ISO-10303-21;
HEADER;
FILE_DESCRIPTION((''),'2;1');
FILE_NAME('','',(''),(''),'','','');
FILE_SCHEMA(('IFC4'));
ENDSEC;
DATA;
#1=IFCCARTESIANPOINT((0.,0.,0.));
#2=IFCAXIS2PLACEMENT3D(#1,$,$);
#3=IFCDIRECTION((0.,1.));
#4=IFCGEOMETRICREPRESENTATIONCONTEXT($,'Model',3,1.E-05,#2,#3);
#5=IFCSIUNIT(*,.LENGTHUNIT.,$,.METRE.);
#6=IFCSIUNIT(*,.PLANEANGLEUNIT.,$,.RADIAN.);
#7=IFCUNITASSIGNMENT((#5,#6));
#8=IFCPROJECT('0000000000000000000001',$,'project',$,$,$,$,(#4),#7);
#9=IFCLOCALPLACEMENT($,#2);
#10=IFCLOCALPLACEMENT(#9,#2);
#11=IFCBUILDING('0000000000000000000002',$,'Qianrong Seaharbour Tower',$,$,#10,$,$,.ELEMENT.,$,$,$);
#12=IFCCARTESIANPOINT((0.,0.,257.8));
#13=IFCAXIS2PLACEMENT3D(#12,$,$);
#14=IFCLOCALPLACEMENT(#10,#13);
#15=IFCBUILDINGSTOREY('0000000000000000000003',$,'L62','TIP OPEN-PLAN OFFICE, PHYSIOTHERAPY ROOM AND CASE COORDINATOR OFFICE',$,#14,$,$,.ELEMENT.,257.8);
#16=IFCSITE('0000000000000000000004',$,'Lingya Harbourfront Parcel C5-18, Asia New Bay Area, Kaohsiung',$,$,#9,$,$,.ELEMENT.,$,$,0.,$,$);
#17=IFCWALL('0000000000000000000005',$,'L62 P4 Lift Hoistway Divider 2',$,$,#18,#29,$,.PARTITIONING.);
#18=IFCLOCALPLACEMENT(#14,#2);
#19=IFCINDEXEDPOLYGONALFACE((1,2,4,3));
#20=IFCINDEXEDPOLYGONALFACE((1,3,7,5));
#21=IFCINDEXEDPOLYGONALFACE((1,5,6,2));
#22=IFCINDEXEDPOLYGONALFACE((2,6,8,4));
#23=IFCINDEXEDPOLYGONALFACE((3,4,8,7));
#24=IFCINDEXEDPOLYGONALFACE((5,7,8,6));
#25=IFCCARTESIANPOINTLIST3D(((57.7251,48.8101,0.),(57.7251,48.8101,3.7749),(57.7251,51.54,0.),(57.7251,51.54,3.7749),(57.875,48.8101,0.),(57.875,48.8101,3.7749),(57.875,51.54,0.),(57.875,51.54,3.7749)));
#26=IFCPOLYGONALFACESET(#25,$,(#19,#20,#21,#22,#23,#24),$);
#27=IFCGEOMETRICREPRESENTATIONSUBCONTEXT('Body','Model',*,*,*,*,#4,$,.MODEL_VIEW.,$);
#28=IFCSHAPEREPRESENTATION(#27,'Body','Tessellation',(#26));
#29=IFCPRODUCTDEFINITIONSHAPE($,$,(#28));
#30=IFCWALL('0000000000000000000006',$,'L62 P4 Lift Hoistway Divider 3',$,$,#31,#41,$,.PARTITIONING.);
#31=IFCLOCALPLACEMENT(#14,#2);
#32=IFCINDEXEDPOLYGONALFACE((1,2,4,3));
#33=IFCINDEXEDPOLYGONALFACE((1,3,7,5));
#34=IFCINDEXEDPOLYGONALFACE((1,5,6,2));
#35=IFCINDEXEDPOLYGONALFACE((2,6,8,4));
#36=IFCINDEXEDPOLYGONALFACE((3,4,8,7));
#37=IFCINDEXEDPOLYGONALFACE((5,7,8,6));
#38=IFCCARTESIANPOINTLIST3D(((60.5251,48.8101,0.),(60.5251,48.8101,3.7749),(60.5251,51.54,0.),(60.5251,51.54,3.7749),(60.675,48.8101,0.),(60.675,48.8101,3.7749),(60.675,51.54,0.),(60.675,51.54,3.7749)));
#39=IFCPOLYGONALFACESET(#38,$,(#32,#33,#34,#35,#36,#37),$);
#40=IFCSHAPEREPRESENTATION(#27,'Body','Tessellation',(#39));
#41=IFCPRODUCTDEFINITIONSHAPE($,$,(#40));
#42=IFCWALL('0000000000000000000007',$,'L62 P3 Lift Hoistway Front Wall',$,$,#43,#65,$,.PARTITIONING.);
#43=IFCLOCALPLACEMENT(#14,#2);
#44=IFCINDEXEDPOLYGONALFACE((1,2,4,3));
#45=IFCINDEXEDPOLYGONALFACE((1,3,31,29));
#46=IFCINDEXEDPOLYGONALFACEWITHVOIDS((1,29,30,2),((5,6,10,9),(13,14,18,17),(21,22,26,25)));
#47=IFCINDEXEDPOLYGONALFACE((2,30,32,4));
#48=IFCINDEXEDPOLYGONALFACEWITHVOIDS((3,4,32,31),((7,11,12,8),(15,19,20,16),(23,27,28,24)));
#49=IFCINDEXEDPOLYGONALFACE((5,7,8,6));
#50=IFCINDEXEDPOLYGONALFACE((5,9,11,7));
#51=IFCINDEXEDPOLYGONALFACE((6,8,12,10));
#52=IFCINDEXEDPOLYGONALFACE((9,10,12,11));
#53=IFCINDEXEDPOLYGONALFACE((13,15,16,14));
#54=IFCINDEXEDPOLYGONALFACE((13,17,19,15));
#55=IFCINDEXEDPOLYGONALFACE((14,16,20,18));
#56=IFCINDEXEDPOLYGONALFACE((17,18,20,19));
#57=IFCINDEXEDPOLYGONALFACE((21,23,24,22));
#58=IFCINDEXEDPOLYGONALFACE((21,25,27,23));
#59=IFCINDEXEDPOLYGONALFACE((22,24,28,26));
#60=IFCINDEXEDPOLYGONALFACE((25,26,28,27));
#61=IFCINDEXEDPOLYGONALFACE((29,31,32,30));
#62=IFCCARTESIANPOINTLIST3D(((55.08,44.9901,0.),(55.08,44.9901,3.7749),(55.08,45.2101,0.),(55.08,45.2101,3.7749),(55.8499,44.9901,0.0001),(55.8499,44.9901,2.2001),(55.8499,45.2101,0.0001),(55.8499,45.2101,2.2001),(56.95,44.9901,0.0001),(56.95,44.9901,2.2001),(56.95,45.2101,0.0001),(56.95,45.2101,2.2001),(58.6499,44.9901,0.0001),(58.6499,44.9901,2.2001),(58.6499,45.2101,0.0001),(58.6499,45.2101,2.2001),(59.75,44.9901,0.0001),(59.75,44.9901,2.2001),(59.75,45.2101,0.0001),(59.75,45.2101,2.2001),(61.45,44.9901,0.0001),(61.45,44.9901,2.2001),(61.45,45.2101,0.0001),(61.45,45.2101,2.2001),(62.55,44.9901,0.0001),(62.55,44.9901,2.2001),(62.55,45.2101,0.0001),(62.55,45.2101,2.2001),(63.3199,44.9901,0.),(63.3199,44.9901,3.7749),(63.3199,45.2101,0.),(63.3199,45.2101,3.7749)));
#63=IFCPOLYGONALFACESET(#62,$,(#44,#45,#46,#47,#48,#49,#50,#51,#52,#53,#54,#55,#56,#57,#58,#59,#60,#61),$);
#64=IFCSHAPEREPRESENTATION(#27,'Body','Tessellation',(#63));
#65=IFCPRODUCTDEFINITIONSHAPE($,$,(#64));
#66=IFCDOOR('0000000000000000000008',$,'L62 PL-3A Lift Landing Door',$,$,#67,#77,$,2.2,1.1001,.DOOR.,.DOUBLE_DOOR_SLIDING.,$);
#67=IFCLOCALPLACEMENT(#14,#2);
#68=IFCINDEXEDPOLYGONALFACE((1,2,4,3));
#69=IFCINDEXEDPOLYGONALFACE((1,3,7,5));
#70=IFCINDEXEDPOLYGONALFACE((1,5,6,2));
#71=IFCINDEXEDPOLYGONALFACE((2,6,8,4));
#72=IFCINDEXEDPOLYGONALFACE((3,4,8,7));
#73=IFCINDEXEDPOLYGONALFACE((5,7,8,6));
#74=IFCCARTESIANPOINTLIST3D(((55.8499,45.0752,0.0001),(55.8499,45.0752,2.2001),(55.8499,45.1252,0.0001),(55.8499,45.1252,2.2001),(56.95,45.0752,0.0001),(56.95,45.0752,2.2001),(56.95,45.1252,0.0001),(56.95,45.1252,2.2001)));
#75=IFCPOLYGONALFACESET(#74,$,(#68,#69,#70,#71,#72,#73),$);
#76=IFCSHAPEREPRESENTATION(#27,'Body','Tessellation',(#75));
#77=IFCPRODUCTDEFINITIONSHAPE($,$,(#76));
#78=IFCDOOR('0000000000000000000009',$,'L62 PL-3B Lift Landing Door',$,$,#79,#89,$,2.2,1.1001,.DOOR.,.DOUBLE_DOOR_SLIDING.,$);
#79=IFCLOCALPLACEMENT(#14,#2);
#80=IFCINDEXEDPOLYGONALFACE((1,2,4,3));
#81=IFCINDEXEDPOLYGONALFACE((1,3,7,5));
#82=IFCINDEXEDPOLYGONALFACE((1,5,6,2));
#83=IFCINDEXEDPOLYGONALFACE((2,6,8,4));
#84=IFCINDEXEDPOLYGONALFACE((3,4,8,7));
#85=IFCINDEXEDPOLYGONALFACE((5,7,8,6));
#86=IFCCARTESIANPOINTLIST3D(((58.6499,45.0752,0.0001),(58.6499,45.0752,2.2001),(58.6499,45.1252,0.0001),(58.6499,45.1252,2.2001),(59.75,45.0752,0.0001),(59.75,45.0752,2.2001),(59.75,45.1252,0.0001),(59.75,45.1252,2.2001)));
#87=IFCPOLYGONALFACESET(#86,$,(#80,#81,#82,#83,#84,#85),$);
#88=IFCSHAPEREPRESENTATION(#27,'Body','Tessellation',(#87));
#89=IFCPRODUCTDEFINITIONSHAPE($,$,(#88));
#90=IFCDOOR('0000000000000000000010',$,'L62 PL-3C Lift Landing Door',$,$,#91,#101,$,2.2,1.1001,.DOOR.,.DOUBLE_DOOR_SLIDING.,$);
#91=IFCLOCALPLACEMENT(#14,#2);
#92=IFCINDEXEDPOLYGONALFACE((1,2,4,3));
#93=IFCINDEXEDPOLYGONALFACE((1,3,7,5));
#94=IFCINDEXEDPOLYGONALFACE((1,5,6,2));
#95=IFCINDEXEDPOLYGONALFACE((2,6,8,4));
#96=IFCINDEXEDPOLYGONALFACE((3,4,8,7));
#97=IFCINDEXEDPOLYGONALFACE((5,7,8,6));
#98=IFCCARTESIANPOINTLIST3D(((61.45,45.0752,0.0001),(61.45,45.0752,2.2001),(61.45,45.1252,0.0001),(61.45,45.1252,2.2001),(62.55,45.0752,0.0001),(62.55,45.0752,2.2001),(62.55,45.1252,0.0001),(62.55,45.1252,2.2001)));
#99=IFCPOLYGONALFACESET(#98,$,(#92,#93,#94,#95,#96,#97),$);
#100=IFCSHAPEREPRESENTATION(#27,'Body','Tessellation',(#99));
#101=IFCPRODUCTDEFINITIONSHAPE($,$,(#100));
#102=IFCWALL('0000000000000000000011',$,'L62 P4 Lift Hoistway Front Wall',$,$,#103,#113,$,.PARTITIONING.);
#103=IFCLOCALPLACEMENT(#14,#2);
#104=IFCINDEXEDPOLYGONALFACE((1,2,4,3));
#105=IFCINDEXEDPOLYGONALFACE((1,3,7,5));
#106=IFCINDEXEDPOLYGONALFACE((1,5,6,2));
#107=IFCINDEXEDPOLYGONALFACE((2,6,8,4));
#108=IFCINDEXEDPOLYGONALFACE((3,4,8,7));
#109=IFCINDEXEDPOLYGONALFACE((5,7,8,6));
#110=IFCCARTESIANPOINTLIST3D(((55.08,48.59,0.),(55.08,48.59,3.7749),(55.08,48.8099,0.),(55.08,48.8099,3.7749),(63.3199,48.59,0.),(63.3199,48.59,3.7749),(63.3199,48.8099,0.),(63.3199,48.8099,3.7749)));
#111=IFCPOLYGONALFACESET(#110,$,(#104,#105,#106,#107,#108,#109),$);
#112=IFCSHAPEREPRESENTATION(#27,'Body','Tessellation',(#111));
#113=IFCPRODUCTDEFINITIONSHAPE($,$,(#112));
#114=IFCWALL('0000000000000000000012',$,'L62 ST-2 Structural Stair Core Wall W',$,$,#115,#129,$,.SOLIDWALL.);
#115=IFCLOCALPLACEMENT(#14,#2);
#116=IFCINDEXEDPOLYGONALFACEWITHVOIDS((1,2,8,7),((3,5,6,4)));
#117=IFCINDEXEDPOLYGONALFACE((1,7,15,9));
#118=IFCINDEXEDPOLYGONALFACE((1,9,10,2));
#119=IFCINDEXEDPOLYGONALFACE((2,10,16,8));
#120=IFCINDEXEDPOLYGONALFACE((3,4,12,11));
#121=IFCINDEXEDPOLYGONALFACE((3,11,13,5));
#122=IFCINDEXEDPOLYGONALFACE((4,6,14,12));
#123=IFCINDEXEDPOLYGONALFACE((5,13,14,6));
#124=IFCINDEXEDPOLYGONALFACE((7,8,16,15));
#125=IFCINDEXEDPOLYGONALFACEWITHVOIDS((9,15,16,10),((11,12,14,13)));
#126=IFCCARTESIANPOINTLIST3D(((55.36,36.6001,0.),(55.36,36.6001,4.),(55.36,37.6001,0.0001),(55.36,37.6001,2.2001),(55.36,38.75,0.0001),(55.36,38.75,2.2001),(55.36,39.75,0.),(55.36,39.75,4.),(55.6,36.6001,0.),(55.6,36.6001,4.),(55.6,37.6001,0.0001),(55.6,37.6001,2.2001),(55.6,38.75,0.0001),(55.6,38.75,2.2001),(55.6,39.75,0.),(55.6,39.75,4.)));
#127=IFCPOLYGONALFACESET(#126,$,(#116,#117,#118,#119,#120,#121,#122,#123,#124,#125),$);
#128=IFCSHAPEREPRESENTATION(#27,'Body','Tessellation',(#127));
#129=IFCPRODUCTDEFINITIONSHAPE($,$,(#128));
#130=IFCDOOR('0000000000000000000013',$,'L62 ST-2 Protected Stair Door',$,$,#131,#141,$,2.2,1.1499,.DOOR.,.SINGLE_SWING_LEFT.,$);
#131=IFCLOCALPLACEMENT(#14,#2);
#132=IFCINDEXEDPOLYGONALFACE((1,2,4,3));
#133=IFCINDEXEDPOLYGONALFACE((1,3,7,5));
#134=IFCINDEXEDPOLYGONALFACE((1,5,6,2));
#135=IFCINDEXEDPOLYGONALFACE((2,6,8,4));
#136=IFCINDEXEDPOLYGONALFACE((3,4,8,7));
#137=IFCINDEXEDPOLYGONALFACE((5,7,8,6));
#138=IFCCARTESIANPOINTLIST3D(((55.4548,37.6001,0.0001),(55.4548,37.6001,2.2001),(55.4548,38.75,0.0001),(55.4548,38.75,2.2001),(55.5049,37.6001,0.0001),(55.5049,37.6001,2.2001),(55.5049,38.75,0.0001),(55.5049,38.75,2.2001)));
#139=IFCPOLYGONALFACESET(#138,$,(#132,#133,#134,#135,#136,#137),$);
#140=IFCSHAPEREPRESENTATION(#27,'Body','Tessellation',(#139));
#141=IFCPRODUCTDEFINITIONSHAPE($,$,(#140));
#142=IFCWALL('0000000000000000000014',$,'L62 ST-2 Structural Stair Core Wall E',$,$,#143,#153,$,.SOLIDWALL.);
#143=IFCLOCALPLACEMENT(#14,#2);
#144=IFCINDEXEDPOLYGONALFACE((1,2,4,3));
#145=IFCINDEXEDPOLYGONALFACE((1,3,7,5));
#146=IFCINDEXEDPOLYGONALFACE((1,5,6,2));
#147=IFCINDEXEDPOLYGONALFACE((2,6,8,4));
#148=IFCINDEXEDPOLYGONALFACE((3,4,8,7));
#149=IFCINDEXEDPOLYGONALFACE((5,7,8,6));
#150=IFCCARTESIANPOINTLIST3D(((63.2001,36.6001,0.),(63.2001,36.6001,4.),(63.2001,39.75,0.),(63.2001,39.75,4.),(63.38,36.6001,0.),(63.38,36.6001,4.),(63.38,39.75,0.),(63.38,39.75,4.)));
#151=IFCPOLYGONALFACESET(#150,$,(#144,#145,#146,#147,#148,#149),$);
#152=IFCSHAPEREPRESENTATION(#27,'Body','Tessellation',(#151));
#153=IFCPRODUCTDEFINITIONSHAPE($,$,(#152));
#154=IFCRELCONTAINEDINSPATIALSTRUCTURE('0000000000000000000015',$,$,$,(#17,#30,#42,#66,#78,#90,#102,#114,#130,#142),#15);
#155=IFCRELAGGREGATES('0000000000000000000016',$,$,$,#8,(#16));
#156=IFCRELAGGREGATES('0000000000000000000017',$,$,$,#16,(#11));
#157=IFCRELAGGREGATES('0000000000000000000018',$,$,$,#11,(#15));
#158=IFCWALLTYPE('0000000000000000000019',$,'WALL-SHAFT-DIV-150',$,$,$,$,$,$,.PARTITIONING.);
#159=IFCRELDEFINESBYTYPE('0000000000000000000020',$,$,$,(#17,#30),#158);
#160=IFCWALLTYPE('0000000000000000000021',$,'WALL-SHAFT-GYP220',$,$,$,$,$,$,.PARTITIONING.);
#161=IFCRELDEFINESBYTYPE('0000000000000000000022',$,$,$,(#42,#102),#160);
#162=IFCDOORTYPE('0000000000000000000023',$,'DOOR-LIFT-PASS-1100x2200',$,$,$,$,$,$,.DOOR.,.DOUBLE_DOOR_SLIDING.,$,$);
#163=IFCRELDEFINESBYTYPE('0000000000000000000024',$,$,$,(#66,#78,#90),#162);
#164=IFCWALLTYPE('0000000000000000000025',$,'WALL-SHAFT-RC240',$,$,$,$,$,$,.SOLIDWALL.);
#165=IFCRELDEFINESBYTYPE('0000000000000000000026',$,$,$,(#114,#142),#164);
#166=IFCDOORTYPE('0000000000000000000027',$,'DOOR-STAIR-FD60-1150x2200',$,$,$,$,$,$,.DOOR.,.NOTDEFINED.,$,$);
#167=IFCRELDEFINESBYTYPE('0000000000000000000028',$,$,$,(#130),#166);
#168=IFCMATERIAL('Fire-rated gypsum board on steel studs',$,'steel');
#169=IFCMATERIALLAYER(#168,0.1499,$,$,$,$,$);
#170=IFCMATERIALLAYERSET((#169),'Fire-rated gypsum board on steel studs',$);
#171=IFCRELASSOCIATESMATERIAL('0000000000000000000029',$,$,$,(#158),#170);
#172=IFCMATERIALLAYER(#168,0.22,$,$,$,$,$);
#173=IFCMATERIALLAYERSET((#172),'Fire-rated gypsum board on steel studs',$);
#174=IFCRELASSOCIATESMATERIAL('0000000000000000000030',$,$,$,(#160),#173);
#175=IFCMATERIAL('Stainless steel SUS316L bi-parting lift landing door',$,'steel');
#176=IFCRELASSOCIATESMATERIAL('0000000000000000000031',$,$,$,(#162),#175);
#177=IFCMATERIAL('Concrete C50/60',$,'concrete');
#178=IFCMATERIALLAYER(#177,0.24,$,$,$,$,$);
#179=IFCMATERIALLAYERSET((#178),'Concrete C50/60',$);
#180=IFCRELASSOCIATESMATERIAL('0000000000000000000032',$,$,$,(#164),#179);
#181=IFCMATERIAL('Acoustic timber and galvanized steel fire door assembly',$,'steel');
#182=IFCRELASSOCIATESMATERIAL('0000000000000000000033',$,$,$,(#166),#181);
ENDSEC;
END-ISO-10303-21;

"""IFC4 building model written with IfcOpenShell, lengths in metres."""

from ifc_helpers import new_model, si_unit, direction, frame, frame_2d, origin, place, context, subcontext, project, spatial, rectangle, extrude, material, layer, layer_set, type_object, element, fill, save


model = new_model("IFC4")

# Units and contexts
model_context = context("Model", 3, precision=1e-05, world=origin(), true_north=direction((0.0, 1.0)))
body_context = subcontext(model_context, "Body", "Model", "MODEL_VIEW")
ifc_project = project(units=[si_unit("LENGTHUNIT", "METRE"), si_unit("PLANEANGLEUNIT", "RADIAN")], contexts=[model_context])

# Site, building, storey
site_placement = place(None, origin())
site = spatial("IfcSite", under=ifc_project, at=site_placement, Name="Lingya Harbourfront Parcel C5-18, Asia New Bay Area, Kaohsiung", CompositionType="ELEMENT", RefElevation=0.0)
building_placement = place(site_placement, origin())
building = spatial("IfcBuilding", under=site, at=building_placement, Name="Qianrong Seaharbour Tower", CompositionType="ELEMENT")
storey_placement = place(building_placement, frame((0.0, 0.0, 257.8)))
storey = spatial("IfcBuildingStorey", under=building, at=storey_placement, Name="L62", Description="TIP OPEN-PLAN OFFICE, PHYSIOTHERAPY ROOM AND CASE COORDINATOR OFFICE", CompositionType="ELEMENT", Elevation=257.8)

# Shared definitions
ifc_material_1 = material(Name="Acoustic timber and galvanized steel fire door assembly", Category="steel")

# Walls
ifc_material_2 = material(Name="Fire-rated gypsum board on steel studs", Category="steel")
ifc_layer_1 = layer(ifc_material_2, 0.1499)
ifc_layer_set_1 = layer_set([ifc_layer_1], Name="Fire-rated gypsum board on steel studs")
wall_type_1 = type_object("IfcWallType", Name="WALL-SHAFT-DIV-150", PredefinedType="PARTITIONING", material=ifc_layer_set_1)
for number, where, z_axis, x_axis, name in (
    (1, (57.8, 48.8101, 0.0), (0.0, 0.0, 1.0), (0.0, 1.0, 0.0), "L62 P4 Lift Hoistway Divider 2"),
    (2, (60.6001, 48.8101, 0.0), (0.0, 0.0, 1.0), (0.0, 1.0, 0.0), "L62 P4 Lift Hoistway Divider 3"),
):
    element("IfcWall", number, at=place(storey_placement, frame(where, z_axis=z_axis, x_axis=x_axis)), inside=storey, type_object=wall_type_1, Name=name, PredefinedType="PARTITIONING", context=body_context, shape_type="SweptSolid", body=[
        extrude(rectangle(XDim=2.73, YDim=0.1499, at=frame_2d((1.365, 0.0))), origin(), (0.0, 0.0, 1.0), 3.7749),
    ])

# Wall, openings, doors
ifc_layer_2 = layer(ifc_material_2, 0.22)
ifc_layer_set_2 = layer_set([ifc_layer_2], Name="Fire-rated gypsum board on steel studs")
wall_type_2 = type_object("IfcWallType", Name="WALL-SHAFT-GYP220", PredefinedType="PARTITIONING", material=ifc_layer_set_2)
wall_1_placement = place(storey_placement, frame((63.3201, 45.1001, 0.0), z_axis=(0.0, 0.0, 1.0), x_axis=(-1.0, 0.0, 0.0)))
wall_1 = element("IfcWall", 3, at=wall_1_placement, inside=storey, type_object=wall_type_2, Name="L62 P3 Lift Hoistway Front Wall", PredefinedType="PARTITIONING", context=body_context, shape_type="SweptSolid", body=[
    extrude(rectangle(XDim=8.24, YDim=0.22, at=frame_2d((4.1201, 0.0))), origin(), (0.0, 0.0, 1.0), 3.7749),
])
opening_1_placement = place(wall_1_placement, frame((6.3701, 0.0, 0.0)))
opening_1 = element("IfcOpeningElement", 4, at=opening_1_placement, cuts=wall_1, PredefinedType="OPENING", context=body_context, shape_type="SweptSolid", body=[
    extrude(rectangle(XDim=1.1001, YDim=2.2, at=frame_2d((0.55, 1.1001))), frame((0.0, 0.1201, 0.0), z_axis=(0.0, -1.0, 0.0), x_axis=(1.0, 0.0, 0.0)), (0.0, 0.0, 1.0), 0.24),
])
opening_2_placement = place(wall_1_placement, frame((3.5701, 0.0, 0.0)))
opening_2 = element("IfcOpeningElement", 5, at=opening_2_placement, cuts=wall_1, PredefinedType="OPENING", context=body_context, shape_type="SweptSolid", body=[
    extrude(rectangle(XDim=1.1001, YDim=2.2, at=frame_2d((0.55, 1.1001))), frame((0.0, 0.1201, 0.0), z_axis=(0.0, -1.0, 0.0), x_axis=(1.0, 0.0, 0.0)), (0.0, 0.0, 1.0), 0.24),
])
opening_3_placement = place(wall_1_placement, frame((0.77, 0.0, 0.0)))
opening_3 = element("IfcOpeningElement", 6, at=opening_3_placement, cuts=wall_1, PredefinedType="OPENING", context=body_context, shape_type="SweptSolid", body=[
    extrude(rectangle(XDim=1.1001, YDim=2.2, at=frame_2d((0.55, 1.1001))), frame((0.0, 0.1201, 0.0), z_axis=(0.0, -1.0, 0.0), x_axis=(1.0, 0.0, 0.0)), (0.0, 0.0, 1.0), 0.24),
])
ifc_material_3 = material(Name="Stainless steel SUS316L bi-parting lift landing door", Category="steel")
door_type_1 = type_object("IfcDoorType", Name="DOOR-LIFT-PASS-1100x2200", OperationType="DOUBLE_DOOR_SLIDING", PredefinedType="DOOR", material=ifc_material_3)
door_1_placement = place(opening_1_placement, origin())
door_1 = element("IfcDoor", 7, at=door_1_placement, inside=storey, type_object=door_type_1, Name="L62 PL-3A Lift Landing Door", OperationType="DOUBLE_DOOR_SLIDING", OverallHeight=2.2, OverallWidth=1.1001, PredefinedType="DOOR", context=body_context, shape_type="SweptSolid", body=[
    extrude(rectangle(XDim=1.1001, YDim=2.2, at=frame_2d((0.55, 1.1001))), frame((0.0, 0.0249, 0.0), z_axis=(0.0, -1.0, 0.0), x_axis=(1.0, 0.0, 0.0)), (0.0, 0.0, 1.0), 0.05),
])
fill(opening_1, door_1)
door_2_placement = place(opening_2_placement, origin())
door_2 = element("IfcDoor", 8, at=door_2_placement, inside=storey, type_object=door_type_1, Name="L62 PL-3B Lift Landing Door", OperationType="DOUBLE_DOOR_SLIDING", OverallHeight=2.2, OverallWidth=1.1001, PredefinedType="DOOR", context=body_context, shape_type="SweptSolid", body=[
    extrude(rectangle(XDim=1.1001, YDim=2.2, at=frame_2d((0.55, 1.1001))), frame((0.0, 0.0249, 0.0), z_axis=(0.0, -1.0, 0.0), x_axis=(1.0, 0.0, 0.0)), (0.0, 0.0, 1.0), 0.05),
])
fill(opening_2, door_2)
door_3_placement = place(opening_3_placement, origin())
door_3 = element("IfcDoor", 9, at=door_3_placement, inside=storey, type_object=door_type_1, Name="L62 PL-3C Lift Landing Door", OperationType="DOUBLE_DOOR_SLIDING", OverallHeight=2.2, OverallWidth=1.1001, PredefinedType="DOOR", context=body_context, shape_type="SweptSolid", body=[
    extrude(rectangle(XDim=1.1001, YDim=2.2, at=frame_2d((0.55, 1.1001))), frame((0.0, 0.0249, 0.0), z_axis=(0.0, -1.0, 0.0), x_axis=(1.0, 0.0, 0.0)), (0.0, 0.0, 1.0), 0.05),
])
fill(opening_3, door_3)

# Wall
wall_2_placement = place(storey_placement, frame((63.3201, 48.7, 0.0), z_axis=(0.0, 0.0, 1.0), x_axis=(-1.0, 0.0, 0.0)))
element("IfcWall", 10, at=wall_2_placement, inside=storey, type_object=wall_type_2, Name="L62 P4 Lift Hoistway Front Wall", PredefinedType="PARTITIONING", context=body_context, shape_type="SweptSolid", body=[
    extrude(rectangle(XDim=8.24, YDim=0.22, at=frame_2d((4.1201, 0.0))), origin(), (0.0, 0.0, 1.0), 3.7749),
])

# Wall, opening, door
ifc_material_4 = material(Name="Concrete C50/60", Category="concrete")
ifc_layer_3 = layer(ifc_material_4, 0.24)
ifc_layer_set_3 = layer_set([ifc_layer_3], Name="Concrete C50/60")
wall_type_3 = type_object("IfcWallType", Name="WALL-SHAFT-RC240", PredefinedType="SOLIDWALL", material=ifc_layer_set_3)
wall_3_placement = place(storey_placement, frame((55.48, 39.75, 0.0), z_axis=(0.0, 0.0, 1.0), x_axis=(0.0, -1.0, 0.0)))
wall_3 = element("IfcWall", 11, at=wall_3_placement, inside=storey, type_object=wall_type_3, Name="L62 ST-2 Structural Stair Core Wall W", PredefinedType="SOLIDWALL", context=body_context, shape_type="SweptSolid", body=[
    extrude(rectangle(XDim=3.1499, YDim=0.24, at=frame_2d((1.575, 0.0))), origin(), (0.0, 0.0, 1.0), 4.0),
])
opening_4_placement = place(wall_3_placement, frame((1.0, 0.0, 0.0)))
opening_4 = element("IfcOpeningElement", 12, at=opening_4_placement, cuts=wall_3, PredefinedType="OPENING", context=body_context, shape_type="SweptSolid", body=[
    extrude(rectangle(XDim=1.1499, YDim=2.2, at=frame_2d((0.575, 1.1001))), frame((0.0, 0.1299, 0.0), z_axis=(0.0, -1.0, 0.0), x_axis=(1.0, 0.0, 0.0)), (0.0, 0.0, 1.0), 0.26),
])
door_type_2 = type_object("IfcDoorType", Name="DOOR-STAIR-FD60-1150x2200", OperationType="NOTDEFINED", PredefinedType="DOOR", material=ifc_material_1)
door_4_placement = place(opening_4_placement, origin())
door_4 = element("IfcDoor", 13, at=door_4_placement, inside=storey, type_object=door_type_2, Name="L62 ST-2 Protected Stair Door", OperationType="SINGLE_SWING_LEFT", OverallHeight=2.2, OverallWidth=1.1499, PredefinedType="DOOR", context=body_context, shape_type="SweptSolid", body=[
    extrude(rectangle(XDim=1.1499, YDim=2.2, at=frame_2d((0.575, 1.1001))), frame((0.0, 0.0249, 0.0), z_axis=(0.0, -1.0, 0.0), x_axis=(1.0, 0.0, 0.0)), (0.0, 0.0, 1.0), 0.05),
])
fill(opening_4, door_4)

# Wall
wall_4_placement = place(storey_placement, frame((63.29, 36.6001, 0.0), z_axis=(0.0, 0.0, 1.0), x_axis=(0.0, 1.0, 0.0)))
element("IfcWall", 14, at=wall_4_placement, inside=storey, type_object=wall_type_3, Name="L62 ST-2 Structural Stair Core Wall E", PredefinedType="SOLIDWALL", context=body_context, shape_type="SweptSolid", body=[
    extrude(rectangle(XDim=3.1499, YDim=0.1799, at=frame_2d((1.575, 0.0))), origin(), (0.0, 0.0, 1.0), 4.0),
])

save(model, "model.ifc")
